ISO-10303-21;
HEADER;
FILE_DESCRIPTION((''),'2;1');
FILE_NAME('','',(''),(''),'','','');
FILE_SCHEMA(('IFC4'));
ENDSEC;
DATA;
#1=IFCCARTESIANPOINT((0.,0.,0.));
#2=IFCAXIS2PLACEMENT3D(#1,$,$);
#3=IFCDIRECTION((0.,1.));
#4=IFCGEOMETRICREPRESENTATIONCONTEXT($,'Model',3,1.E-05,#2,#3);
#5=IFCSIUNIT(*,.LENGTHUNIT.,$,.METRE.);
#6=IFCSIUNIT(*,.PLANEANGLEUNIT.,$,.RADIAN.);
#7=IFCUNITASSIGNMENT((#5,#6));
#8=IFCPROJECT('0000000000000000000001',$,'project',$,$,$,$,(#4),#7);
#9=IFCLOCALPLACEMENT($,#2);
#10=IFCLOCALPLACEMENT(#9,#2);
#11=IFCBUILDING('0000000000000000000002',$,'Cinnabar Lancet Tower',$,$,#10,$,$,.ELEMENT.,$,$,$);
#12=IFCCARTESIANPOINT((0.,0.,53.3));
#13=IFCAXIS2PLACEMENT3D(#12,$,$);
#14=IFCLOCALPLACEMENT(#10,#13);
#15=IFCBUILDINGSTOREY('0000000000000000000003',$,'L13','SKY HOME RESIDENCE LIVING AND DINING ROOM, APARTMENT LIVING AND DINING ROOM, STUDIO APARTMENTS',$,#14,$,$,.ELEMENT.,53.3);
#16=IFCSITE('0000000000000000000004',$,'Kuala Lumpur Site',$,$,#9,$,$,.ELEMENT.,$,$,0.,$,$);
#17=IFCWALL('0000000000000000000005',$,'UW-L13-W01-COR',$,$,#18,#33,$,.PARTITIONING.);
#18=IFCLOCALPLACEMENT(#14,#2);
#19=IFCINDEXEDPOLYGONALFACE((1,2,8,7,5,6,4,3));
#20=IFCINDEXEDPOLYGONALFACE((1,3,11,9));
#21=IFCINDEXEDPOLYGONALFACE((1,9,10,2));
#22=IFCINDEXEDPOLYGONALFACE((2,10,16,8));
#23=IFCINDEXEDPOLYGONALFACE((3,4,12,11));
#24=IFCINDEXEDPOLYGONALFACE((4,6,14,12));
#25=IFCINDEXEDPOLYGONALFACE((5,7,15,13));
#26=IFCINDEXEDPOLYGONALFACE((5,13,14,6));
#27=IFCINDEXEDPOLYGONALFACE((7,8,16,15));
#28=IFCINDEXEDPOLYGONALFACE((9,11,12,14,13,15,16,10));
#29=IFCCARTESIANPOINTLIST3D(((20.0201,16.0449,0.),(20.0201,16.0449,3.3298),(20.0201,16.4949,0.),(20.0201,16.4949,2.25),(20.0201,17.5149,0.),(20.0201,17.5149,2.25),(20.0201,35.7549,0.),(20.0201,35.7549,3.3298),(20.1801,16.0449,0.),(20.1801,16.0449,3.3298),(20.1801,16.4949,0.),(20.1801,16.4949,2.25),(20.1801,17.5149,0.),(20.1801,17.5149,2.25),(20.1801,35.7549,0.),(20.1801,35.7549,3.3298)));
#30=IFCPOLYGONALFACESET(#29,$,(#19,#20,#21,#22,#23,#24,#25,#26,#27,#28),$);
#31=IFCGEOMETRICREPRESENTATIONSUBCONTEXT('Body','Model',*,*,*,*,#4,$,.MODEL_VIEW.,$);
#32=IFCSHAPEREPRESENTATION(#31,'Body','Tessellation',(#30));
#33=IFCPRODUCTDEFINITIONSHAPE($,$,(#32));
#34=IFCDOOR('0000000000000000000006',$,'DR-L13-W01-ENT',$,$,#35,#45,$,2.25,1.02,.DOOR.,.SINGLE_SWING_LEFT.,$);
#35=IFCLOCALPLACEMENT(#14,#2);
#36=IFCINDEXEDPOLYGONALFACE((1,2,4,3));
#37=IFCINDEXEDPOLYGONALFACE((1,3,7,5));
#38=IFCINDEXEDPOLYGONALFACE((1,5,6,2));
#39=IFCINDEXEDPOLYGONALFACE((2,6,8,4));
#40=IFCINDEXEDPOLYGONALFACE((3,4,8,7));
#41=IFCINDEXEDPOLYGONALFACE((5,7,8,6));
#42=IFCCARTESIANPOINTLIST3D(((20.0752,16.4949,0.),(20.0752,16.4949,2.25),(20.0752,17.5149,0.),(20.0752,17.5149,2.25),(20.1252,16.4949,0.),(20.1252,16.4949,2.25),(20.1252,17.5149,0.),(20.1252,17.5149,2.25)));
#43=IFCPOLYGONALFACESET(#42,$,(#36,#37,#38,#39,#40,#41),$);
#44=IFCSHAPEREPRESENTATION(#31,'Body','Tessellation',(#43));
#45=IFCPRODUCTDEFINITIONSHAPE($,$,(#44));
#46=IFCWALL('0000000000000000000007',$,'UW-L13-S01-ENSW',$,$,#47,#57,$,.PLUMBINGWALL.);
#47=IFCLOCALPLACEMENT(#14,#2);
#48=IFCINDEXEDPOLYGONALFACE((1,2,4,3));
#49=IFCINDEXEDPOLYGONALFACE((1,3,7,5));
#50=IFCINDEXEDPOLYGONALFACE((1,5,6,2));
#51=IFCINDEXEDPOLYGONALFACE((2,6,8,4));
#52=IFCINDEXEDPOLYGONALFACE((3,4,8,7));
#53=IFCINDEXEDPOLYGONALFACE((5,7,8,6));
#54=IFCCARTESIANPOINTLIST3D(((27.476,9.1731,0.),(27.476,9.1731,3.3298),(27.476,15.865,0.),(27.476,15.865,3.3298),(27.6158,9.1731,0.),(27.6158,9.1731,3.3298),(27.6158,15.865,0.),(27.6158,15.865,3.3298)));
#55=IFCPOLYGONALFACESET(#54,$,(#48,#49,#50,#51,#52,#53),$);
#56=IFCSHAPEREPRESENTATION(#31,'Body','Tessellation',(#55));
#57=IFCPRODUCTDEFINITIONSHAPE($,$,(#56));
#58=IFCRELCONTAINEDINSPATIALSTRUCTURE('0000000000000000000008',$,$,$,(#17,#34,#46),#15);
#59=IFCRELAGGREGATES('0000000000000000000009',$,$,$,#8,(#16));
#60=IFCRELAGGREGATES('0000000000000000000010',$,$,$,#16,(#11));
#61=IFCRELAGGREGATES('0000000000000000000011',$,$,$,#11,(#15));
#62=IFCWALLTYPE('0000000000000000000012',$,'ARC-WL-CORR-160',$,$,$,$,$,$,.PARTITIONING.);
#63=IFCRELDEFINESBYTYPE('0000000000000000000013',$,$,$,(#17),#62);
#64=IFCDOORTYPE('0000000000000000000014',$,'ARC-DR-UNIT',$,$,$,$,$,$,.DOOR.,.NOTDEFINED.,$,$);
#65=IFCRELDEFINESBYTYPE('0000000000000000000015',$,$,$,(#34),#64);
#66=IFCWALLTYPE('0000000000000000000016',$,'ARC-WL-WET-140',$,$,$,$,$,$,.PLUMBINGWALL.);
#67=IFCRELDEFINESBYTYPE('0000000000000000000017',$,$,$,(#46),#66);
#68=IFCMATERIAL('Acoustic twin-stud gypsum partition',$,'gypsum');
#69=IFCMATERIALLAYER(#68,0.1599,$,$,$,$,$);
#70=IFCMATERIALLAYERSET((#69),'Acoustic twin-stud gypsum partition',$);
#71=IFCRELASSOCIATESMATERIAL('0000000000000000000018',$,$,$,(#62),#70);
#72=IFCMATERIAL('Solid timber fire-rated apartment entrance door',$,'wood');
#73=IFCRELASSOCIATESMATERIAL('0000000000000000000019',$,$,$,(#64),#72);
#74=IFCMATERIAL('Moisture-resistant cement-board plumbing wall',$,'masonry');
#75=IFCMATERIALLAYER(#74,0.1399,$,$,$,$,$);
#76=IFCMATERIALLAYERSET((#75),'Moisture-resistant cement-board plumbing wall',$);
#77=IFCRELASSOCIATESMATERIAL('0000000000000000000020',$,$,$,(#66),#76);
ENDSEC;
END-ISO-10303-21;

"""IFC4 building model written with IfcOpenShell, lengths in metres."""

from ifc_helpers import new_model, si_unit, direction, frame, frame_2d, origin, place, context, subcontext, project, spatial, rectangle, extrude, material, layer, layer_set, type_object, element, fill, save


model = new_model("IFC4")

# Units and contexts
model_context = context("Model", 3, precision=1e-05, world=origin(), true_north=direction((0.0, 1.0)))
body_context = subcontext(model_context, "Body", "Model", "MODEL_VIEW")
ifc_project = project(units=[si_unit("LENGTHUNIT", "METRE"), si_unit("PLANEANGLEUNIT", "RADIAN")], contexts=[model_context])

# Site, building, storey
site_placement = place(None, origin())
site = spatial("IfcSite", under=ifc_project, at=site_placement, Name="Kuala Lumpur Site", CompositionType="ELEMENT", RefElevation=0.0)
building_placement = place(site_placement, origin())
building = spatial("IfcBuilding", under=site, at=building_placement, Name="Cinnabar Lancet Tower", CompositionType="ELEMENT")
storey_placement = place(building_placement, frame((0.0, 0.0, 53.3)))
storey = spatial("IfcBuildingStorey", under=building, at=storey_placement, Name="L13", Description="SKY HOME RESIDENCE LIVING AND DINING ROOM, APARTMENT LIVING AND DINING ROOM, STUDIO APARTMENTS", CompositionType="ELEMENT", Elevation=53.3)

# Wall, opening, door
ifc_material_1 = material(Name="Acoustic twin-stud gypsum partition", Category="gypsum")
ifc_layer_1 = layer(ifc_material_1, 0.1599)
ifc_layer_set_1 = layer_set([ifc_layer_1], Name="Acoustic twin-stud gypsum partition")
wall_type_1 = type_object("IfcWallType", Name="ARC-WL-CORR-160", PredefinedType="PARTITIONING", material=ifc_layer_set_1)
wall_1_placement = place(storey_placement, frame((20.1001, 16.0449, 0.0), z_axis=(0.0, 0.0, 1.0), x_axis=(0.0, 1.0, 0.0)))
wall_1 = element("IfcWall", 1, at=wall_1_placement, inside=storey, type_object=wall_type_1, Name="UW-L13-W01-COR", PredefinedType="PARTITIONING", context=body_context, shape_type="SweptSolid", body=[
    extrude(rectangle(XDim=19.71, YDim=0.1599, at=frame_2d((9.855, 0.0))), origin(), (0.0, 0.0, 1.0), 3.3298),
])
opening_1_placement = place(wall_1_placement, frame((0.45, 0.0, 0.0)))
opening_1 = element("IfcOpeningElement", 2, at=opening_1_placement, cuts=wall_1, PredefinedType="OPENING", context=body_context, shape_type="SweptSolid", body=[
    extrude(rectangle(XDim=1.02, YDim=2.25, at=frame_2d((0.51, 1.125))), frame((0.0, 0.0898, 0.0), z_axis=(0.0, -1.0, 0.0), x_axis=(1.0, 0.0, 0.0)), (0.0, 0.0, 1.0), 0.1799),
])
ifc_material_2 = material(Name="Solid timber fire-rated apartment entrance door", Category="wood")
door_type_1 = type_object("IfcDoorType", Name="ARC-DR-UNIT", OperationType="NOTDEFINED", PredefinedType="DOOR", material=ifc_material_2)
door_1_placement = place(opening_1_placement, origin())
door_1 = element("IfcDoor", 3, at=door_1_placement, inside=storey, type_object=door_type_1, Name="DR-L13-W01-ENT", OperationType="SINGLE_SWING_LEFT", OverallHeight=2.25, OverallWidth=1.02, PredefinedType="DOOR", context=body_context, shape_type="SweptSolid", body=[
    extrude(rectangle(XDim=1.02, YDim=2.25, at=frame_2d((0.51, 1.125))), frame((0.0, 0.0249, 0.0), z_axis=(0.0, -1.0, 0.0), x_axis=(1.0, 0.0, 0.0)), (0.0, 0.0, 1.0), 0.05),
])
fill(opening_1, door_1)

# Wall
ifc_material_3 = material(Name="Moisture-resistant cement-board plumbing wall", Category="masonry")
ifc_layer_2 = layer(ifc_material_3, 0.1399)
ifc_layer_set_2 = layer_set([ifc_layer_2], Name="Moisture-resistant cement-board plumbing wall")
wall_type_2 = type_object("IfcWallType", Name="ARC-WL-WET-140", PredefinedType="PLUMBINGWALL", material=ifc_layer_set_2)
wall_2_placement = place(storey_placement, frame((27.5459, 9.1731, 0.0), z_axis=(0.0, 0.0, 1.0), x_axis=(0.0, 1.0, 0.0)))
element("IfcWall", 4, at=wall_2_placement, inside=storey, type_object=wall_type_2, Name="UW-L13-S01-ENSW", PredefinedType="PLUMBINGWALL", context=body_context, shape_type="SweptSolid", body=[
    extrude(rectangle(XDim=6.6919, YDim=0.1399, at=frame_2d((3.3459, 0.0))), origin(), (0.0, 0.0, 1.0), 3.3298),
])

save(model, "model.ifc")
